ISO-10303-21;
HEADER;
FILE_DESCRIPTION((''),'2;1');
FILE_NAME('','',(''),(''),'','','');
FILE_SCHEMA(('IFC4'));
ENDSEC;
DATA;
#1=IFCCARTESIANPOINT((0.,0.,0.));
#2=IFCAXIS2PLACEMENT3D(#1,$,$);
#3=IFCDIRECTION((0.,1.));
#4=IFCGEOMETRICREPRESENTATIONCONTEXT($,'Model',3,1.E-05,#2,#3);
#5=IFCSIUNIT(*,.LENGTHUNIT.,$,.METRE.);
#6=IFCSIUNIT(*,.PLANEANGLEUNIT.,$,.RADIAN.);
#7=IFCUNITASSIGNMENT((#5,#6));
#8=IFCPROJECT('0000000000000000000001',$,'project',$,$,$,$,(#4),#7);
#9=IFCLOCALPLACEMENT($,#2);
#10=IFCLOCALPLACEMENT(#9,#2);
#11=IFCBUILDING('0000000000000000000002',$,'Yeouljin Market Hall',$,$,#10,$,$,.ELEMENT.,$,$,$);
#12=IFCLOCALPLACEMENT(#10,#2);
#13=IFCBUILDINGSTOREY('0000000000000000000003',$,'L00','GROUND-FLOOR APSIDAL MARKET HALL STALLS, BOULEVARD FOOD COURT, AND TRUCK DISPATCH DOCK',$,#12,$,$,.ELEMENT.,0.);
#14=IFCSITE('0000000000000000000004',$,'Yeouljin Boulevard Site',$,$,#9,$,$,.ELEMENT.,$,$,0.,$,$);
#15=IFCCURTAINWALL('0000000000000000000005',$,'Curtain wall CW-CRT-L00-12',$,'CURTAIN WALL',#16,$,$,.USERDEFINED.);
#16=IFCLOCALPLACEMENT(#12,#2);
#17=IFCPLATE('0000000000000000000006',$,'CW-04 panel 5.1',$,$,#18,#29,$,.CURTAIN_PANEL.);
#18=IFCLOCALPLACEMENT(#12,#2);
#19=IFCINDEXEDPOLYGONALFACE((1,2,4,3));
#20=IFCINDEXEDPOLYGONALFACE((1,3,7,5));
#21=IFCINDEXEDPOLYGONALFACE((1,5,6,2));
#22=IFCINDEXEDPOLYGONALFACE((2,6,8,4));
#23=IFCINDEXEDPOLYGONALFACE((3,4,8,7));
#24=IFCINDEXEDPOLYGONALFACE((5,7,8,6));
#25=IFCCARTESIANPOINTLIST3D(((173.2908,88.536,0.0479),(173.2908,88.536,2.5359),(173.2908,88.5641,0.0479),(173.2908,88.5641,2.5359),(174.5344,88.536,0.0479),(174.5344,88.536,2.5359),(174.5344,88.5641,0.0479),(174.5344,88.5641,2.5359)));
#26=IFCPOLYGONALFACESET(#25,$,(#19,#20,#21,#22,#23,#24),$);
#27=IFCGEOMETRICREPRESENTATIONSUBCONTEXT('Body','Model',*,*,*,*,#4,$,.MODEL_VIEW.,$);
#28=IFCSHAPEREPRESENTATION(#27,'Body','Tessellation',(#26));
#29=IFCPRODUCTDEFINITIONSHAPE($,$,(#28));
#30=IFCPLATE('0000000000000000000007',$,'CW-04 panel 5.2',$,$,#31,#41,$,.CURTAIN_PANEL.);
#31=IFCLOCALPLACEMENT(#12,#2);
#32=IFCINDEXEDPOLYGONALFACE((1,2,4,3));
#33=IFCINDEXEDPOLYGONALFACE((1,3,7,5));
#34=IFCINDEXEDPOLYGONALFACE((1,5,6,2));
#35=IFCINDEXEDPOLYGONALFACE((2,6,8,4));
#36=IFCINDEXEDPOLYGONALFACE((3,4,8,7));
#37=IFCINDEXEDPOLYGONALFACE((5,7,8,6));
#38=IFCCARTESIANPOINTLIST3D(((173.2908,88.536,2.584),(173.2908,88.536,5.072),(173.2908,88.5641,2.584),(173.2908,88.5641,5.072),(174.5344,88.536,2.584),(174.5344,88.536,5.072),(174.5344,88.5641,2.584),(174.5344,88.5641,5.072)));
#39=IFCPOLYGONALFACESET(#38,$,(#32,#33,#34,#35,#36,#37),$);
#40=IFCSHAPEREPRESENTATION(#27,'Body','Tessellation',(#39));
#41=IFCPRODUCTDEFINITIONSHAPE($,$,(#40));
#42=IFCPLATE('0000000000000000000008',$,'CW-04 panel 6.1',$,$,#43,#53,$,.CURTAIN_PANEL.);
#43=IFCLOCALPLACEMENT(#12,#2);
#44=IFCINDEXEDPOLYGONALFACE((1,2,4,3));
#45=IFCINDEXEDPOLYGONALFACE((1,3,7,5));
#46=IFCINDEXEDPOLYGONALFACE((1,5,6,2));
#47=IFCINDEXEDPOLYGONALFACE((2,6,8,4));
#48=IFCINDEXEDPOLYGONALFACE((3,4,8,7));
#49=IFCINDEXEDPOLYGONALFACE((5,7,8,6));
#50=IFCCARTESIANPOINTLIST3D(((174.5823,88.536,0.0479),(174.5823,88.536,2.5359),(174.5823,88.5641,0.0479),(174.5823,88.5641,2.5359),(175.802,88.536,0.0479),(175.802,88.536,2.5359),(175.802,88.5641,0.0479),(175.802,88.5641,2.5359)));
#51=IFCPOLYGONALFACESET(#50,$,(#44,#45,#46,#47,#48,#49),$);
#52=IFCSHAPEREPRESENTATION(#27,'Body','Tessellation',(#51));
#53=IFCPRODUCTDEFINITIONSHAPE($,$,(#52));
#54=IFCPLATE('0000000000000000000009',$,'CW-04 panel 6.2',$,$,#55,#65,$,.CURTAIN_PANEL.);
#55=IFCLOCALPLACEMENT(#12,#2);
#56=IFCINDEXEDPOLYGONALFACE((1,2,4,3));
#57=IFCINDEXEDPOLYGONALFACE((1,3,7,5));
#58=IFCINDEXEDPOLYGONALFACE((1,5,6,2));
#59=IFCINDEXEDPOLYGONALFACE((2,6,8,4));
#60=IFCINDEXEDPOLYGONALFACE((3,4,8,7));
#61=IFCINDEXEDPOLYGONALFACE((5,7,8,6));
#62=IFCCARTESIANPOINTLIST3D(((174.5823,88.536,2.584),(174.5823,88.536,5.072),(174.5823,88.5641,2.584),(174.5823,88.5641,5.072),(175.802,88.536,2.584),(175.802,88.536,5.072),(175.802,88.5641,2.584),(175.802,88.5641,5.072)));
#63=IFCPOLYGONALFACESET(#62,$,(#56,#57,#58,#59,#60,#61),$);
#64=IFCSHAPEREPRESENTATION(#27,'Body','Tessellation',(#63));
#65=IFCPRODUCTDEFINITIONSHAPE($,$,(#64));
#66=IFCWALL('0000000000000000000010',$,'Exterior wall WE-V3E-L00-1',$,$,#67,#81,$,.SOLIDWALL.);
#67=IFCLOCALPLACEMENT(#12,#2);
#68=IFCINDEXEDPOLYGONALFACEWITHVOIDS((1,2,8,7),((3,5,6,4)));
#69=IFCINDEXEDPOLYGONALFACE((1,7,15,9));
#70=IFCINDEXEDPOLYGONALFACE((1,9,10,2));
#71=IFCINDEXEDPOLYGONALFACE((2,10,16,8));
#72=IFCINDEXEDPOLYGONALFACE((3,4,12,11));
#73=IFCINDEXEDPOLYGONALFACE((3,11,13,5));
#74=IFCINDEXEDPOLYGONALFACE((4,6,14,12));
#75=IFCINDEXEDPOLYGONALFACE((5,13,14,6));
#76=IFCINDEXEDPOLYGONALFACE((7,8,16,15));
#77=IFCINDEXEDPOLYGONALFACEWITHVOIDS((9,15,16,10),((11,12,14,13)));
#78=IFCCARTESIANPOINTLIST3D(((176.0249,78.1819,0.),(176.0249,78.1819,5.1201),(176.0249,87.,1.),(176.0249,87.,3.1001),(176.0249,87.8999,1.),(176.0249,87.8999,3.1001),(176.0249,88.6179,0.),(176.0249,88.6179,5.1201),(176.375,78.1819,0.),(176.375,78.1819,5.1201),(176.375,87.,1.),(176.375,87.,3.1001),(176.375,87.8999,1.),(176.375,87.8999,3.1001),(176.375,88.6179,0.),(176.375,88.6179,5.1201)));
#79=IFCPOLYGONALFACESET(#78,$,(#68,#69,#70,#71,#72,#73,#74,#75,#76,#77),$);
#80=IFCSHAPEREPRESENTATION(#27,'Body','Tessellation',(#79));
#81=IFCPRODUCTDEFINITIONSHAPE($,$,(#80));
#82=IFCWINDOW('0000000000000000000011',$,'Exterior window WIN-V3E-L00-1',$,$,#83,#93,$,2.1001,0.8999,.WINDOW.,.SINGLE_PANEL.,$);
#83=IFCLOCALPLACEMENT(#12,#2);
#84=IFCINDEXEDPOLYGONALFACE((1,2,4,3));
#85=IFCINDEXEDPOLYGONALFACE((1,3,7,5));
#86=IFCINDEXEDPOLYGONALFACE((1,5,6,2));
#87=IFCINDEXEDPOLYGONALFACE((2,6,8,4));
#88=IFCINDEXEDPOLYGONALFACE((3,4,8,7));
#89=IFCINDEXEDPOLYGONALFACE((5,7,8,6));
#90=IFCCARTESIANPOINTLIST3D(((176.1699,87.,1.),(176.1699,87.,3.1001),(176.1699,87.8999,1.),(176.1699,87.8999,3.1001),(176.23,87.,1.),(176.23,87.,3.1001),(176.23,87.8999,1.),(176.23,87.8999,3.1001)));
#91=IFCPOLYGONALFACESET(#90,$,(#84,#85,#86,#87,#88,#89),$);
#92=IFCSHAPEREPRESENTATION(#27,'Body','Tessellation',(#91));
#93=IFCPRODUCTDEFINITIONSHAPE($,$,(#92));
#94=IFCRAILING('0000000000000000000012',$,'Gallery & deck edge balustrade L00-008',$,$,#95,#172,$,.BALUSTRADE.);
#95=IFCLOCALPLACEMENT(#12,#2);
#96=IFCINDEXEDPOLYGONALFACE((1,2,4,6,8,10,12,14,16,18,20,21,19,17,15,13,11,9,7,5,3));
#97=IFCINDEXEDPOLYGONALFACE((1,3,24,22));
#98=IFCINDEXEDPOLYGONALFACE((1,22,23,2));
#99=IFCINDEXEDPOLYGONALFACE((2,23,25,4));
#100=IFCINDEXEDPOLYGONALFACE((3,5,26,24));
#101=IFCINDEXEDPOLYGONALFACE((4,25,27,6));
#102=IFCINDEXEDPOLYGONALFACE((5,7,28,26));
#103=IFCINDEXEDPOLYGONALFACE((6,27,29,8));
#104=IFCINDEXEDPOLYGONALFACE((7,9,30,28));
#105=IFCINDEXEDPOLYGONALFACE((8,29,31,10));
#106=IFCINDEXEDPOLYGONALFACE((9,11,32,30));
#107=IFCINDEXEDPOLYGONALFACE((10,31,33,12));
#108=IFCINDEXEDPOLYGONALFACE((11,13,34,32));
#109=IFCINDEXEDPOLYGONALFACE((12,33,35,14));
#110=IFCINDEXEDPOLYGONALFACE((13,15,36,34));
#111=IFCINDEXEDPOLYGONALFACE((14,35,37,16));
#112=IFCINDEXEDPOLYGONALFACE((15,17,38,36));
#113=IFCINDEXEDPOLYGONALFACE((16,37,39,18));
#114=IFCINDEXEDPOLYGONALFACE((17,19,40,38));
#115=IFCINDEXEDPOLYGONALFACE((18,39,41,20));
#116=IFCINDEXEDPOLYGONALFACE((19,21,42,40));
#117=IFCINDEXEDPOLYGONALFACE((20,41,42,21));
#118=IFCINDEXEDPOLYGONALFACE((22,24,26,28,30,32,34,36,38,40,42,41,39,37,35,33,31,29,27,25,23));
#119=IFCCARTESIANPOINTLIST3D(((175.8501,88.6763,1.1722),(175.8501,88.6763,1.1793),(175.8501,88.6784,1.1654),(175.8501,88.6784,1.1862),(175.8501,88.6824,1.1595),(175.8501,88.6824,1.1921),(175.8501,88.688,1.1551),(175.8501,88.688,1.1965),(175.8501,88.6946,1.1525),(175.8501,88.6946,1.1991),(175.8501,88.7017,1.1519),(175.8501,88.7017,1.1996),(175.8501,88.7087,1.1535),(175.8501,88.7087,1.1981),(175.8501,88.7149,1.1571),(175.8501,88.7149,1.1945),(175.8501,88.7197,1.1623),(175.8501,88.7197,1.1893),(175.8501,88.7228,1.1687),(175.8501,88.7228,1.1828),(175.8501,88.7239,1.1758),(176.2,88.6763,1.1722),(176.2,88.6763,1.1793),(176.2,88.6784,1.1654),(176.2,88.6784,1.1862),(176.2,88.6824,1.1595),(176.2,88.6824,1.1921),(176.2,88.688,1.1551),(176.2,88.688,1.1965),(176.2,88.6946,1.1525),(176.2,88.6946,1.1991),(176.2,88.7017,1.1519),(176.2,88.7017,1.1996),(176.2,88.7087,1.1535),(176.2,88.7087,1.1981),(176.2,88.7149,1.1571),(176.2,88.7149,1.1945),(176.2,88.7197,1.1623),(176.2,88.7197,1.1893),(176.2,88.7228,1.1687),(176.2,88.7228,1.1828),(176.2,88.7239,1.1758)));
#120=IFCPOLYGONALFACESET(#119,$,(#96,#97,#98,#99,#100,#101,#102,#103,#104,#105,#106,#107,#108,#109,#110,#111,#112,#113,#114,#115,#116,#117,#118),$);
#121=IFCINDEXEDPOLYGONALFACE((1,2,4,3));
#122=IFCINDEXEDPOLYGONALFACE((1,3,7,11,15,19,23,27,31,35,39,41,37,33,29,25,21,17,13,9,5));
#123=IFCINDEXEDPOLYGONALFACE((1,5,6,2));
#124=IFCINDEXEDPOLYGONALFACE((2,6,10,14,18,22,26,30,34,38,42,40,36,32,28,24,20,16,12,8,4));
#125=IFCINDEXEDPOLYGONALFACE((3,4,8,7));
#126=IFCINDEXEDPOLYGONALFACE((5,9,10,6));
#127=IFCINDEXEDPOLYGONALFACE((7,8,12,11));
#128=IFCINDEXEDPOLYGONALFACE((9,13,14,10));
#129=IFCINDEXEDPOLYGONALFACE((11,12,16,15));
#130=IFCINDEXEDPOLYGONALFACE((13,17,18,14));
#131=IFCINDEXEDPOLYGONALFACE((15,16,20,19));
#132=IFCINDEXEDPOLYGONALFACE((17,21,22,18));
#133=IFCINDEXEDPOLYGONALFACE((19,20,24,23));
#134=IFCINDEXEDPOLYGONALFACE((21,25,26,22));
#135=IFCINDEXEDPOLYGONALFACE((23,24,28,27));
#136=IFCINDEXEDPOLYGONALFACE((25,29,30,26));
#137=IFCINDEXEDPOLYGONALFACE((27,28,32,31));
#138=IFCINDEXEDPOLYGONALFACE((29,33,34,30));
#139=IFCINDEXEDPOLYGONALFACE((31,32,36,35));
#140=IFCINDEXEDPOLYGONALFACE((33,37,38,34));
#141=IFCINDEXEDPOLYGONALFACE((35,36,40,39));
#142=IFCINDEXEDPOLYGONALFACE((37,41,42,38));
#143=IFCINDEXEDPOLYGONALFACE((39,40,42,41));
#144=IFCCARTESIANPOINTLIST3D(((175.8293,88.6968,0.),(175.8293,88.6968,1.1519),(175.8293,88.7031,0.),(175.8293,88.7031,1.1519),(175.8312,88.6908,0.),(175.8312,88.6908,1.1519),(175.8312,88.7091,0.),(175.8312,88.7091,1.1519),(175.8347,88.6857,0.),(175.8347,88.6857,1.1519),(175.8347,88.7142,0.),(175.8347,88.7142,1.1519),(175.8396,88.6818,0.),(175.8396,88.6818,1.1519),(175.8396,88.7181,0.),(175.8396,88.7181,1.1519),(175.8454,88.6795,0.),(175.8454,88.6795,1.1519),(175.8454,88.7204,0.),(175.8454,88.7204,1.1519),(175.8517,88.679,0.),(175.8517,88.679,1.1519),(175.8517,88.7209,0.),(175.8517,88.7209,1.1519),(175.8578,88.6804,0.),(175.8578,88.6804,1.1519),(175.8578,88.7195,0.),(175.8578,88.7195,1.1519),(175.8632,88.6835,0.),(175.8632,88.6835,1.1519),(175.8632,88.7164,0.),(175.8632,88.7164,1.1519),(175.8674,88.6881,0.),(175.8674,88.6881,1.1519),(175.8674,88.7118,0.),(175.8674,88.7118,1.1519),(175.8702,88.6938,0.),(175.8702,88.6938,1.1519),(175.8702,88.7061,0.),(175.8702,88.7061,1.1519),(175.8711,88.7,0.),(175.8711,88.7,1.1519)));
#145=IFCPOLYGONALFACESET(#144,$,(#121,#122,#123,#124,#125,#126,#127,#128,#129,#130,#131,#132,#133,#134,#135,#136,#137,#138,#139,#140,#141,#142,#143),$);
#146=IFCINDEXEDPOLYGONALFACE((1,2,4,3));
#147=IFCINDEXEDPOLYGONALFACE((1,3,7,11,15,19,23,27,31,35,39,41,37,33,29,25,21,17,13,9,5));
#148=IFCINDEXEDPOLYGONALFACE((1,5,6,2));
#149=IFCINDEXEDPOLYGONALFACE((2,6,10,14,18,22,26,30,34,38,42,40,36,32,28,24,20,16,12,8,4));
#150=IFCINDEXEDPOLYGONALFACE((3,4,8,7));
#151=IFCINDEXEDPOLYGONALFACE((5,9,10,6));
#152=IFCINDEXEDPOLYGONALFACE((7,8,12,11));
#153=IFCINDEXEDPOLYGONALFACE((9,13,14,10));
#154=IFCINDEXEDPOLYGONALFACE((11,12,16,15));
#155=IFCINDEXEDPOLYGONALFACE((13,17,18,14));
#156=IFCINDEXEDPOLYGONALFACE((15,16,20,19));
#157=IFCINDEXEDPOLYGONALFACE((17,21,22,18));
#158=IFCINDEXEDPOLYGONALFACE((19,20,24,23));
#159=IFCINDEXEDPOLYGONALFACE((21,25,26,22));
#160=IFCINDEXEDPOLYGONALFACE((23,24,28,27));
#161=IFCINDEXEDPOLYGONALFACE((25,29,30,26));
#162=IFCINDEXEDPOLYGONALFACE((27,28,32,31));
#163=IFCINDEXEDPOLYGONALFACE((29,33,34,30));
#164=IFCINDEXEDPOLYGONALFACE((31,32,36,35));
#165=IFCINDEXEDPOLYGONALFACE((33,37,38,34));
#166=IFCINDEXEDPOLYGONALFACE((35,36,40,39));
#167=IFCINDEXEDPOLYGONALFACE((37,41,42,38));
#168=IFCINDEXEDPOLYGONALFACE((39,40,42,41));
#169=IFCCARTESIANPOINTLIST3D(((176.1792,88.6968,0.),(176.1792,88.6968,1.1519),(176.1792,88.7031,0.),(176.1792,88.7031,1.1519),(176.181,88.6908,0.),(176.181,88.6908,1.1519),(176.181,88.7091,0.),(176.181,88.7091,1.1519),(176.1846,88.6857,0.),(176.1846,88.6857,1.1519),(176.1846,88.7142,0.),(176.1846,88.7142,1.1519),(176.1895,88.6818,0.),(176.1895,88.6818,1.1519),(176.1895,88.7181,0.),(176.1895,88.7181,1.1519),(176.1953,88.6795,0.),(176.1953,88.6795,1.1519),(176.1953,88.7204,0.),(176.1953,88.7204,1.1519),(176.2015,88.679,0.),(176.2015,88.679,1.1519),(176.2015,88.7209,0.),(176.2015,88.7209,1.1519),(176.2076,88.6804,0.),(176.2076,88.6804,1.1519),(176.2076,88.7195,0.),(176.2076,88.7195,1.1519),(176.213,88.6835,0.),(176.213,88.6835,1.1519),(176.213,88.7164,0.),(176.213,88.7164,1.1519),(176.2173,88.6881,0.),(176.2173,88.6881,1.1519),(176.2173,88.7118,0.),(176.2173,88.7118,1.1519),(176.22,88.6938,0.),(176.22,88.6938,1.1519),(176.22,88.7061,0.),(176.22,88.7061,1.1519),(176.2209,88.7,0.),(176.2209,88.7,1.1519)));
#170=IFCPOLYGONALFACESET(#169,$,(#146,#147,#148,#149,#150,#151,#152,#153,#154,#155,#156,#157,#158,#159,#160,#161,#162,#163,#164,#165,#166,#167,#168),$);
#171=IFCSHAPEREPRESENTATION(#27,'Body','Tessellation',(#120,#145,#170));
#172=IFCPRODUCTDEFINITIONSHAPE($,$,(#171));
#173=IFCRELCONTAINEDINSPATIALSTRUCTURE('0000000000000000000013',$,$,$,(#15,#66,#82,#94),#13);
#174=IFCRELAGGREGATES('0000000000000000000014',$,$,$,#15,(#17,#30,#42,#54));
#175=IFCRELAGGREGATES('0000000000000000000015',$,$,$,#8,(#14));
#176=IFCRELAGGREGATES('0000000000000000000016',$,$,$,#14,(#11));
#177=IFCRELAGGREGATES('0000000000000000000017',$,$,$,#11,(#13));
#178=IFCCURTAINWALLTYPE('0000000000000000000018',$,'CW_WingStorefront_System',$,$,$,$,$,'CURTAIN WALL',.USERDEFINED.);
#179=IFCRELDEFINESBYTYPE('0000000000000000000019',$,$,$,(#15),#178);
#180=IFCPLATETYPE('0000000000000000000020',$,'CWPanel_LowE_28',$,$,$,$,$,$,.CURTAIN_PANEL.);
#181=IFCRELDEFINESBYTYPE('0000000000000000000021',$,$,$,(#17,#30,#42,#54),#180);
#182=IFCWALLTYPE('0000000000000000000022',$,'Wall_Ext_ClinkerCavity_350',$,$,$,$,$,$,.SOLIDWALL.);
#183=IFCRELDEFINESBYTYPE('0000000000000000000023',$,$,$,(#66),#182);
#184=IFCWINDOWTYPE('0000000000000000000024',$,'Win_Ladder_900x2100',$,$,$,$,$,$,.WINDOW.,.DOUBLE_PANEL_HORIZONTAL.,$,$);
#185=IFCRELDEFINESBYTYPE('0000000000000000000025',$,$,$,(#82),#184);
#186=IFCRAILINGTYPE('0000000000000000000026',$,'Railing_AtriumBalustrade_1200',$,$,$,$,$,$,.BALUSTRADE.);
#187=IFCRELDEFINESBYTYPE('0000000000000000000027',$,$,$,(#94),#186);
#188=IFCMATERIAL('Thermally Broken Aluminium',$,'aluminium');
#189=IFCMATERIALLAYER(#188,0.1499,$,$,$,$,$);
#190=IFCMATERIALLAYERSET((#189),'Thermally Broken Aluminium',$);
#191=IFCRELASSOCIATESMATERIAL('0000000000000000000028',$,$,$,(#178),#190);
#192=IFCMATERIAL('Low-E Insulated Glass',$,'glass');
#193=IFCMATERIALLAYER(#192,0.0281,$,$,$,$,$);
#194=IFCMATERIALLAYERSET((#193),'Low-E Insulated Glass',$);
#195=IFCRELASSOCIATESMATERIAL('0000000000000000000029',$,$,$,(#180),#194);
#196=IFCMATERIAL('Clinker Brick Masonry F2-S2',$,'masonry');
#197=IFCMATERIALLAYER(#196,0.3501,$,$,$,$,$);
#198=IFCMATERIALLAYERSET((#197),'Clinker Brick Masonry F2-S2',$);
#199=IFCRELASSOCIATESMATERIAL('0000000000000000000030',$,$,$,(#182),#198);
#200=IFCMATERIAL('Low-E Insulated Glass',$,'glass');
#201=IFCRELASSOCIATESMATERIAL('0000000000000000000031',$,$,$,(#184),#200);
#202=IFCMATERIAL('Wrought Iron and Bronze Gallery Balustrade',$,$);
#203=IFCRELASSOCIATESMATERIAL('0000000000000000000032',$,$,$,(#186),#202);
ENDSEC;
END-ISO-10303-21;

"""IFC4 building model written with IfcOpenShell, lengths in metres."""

from ifc_helpers import new_model, si_unit, direction, frame, frame_2d, origin, origin_2d, place, context, subcontext, project, spatial, rectangle, circle, extrude, material, layer, layer_set, type_object, element, fill, aggregate, save


model = new_model("IFC4")

# Units and contexts
model_context = context("Model", 3, precision=1e-05, world=origin(), true_north=direction((0.0, 1.0)))
body_context = subcontext(model_context, "Body", "Model", "MODEL_VIEW")
ifc_project = project(units=[si_unit("LENGTHUNIT", "METRE"), si_unit("PLANEANGLEUNIT", "RADIAN")], contexts=[model_context])

# Site, building, storey
site_placement = place(None, origin())
site = spatial("IfcSite", under=ifc_project, at=site_placement, Name="Yeouljin Boulevard Site", CompositionType="ELEMENT", RefElevation=0.0)
building_placement = place(site_placement, origin())
building = spatial("IfcBuilding", under=site, at=building_placement, Name="Yeouljin Market Hall", CompositionType="ELEMENT")
storey_placement = place(building_placement, origin())
storey = spatial("IfcBuildingStorey", under=building, at=storey_placement, Name="L00", Description="GROUND-FLOOR APSIDAL MARKET HALL STALLS, BOULEVARD FOOD COURT, AND TRUCK DISPATCH DOCK", CompositionType="ELEMENT", Elevation=0.0)

# Curtain wall, plates
ifc_material_1 = material(Name="Thermally Broken Aluminium", Category="aluminium")
ifc_layer_1 = layer(ifc_material_1, 0.1499)
ifc_layer_set_1 = layer_set([ifc_layer_1], Name="Thermally Broken Aluminium")
curtain_wall_type = type_object("IfcCurtainWallType", Name="CW_WingStorefront_System", ElementType="CURTAIN WALL", PredefinedType="USERDEFINED", material=ifc_layer_set_1)
curtain_wall_placement = place(storey_placement, origin())
curtain_wall = element("IfcCurtainWall", 1, at=curtain_wall_placement, inside=storey, type_object=curtain_wall_type, Name="Curtain wall CW-CRT-L00-12", ObjectType="CURTAIN WALL", PredefinedType="USERDEFINED")
ifc_material_2 = material(Name="Low-E Insulated Glass", Category="glass")
ifc_layer_2 = layer(ifc_material_2, 0.0281)
ifc_layer_set_2 = layer_set([ifc_layer_2], Name="Low-E Insulated Glass")
plate_type = type_object("IfcPlateType", Name="CWPanel_LowE_28", PredefinedType="CURTAIN_PANEL", material=ifc_layer_set_2)
plate_1_placement = place(storey_placement, frame((173.9126, 88.55, 0.0479), z_axis=(0.0, 0.0, 1.0), x_axis=(1.0, 0.0, 0.0)))
plate_1 = element("IfcPlate", 2, at=plate_1_placement, type_object=plate_type, Name="CW-04 panel 5.1", PredefinedType="CURTAIN_PANEL", context=body_context, shape_type="SweptSolid", body=[
    extrude(rectangle(XDim=1.2437, YDim=0.0281, at=origin_2d()), origin(), (0.0, 0.0, 1.0), 2.488),
])
plate_2_placement = place(storey_placement, frame((173.9126, 88.55, 2.584), z_axis=(0.0, 0.0, 1.0), x_axis=(1.0, 0.0, 0.0)))
plate_2 = element("IfcPlate", 3, at=plate_2_placement, type_object=plate_type, Name="CW-04 panel 5.2", PredefinedType="CURTAIN_PANEL", context=body_context, shape_type="SweptSolid", body=[
    extrude(rectangle(XDim=1.2437, YDim=0.0281, at=origin_2d()), origin(), (0.0, 0.0, 1.0), 2.488),
])
plate_3_placement = place(storey_placement, frame((175.1921, 88.55, 0.0479), z_axis=(0.0, 0.0, 1.0), x_axis=(1.0, 0.0, 0.0)))
plate_3 = element("IfcPlate", 4, at=plate_3_placement, type_object=plate_type, Name="CW-04 panel 6.1", PredefinedType="CURTAIN_PANEL", context=body_context, shape_type="SweptSolid", body=[
    extrude(rectangle(XDim=1.2197, YDim=0.0281, at=origin_2d()), origin(), (0.0, 0.0, 1.0), 2.488),
])
plate_4_placement = place(storey_placement, frame((175.1921, 88.55, 2.584), z_axis=(0.0, 0.0, 1.0), x_axis=(1.0, 0.0, 0.0)))
plate_4 = element("IfcPlate", 5, at=plate_4_placement, type_object=plate_type, Name="CW-04 panel 6.2", PredefinedType="CURTAIN_PANEL", context=body_context, shape_type="SweptSolid", body=[
    extrude(rectangle(XDim=1.2197, YDim=0.0281, at=origin_2d()), origin(), (0.0, 0.0, 1.0), 2.488),
])
aggregate(curtain_wall, [plate_1, plate_2, plate_3, plate_4])

# Wall, opening, window
ifc_material_3 = material(Name="Clinker Brick Masonry F2-S2", Category="masonry")
ifc_layer_3 = layer(ifc_material_3, 0.3501)
ifc_layer_set_3 = layer_set([ifc_layer_3], Name="Clinker Brick Masonry F2-S2")
wall_type = type_object("IfcWallType", Name="Wall_Ext_ClinkerCavity_350", PredefinedType="SOLIDWALL", material=ifc_layer_set_3)
wall_placement = place(storey_placement, frame((176.2, 88.6179, 0.0), z_axis=(0.0, 0.0, 1.0), x_axis=(0.0, -1.0, 0.0)))
wall = element("IfcWall", 6, at=wall_placement, inside=storey, type_object=wall_type, Name="Exterior wall WE-V3E-L00-1", PredefinedType="SOLIDWALL", context=body_context, shape_type="SweptSolid", body=[
    extrude(rectangle(XDim=10.436, YDim=0.3501, at=frame_2d((5.218, 0.0))), origin(), (0.0, 0.0, 1.0), 5.1201),
])
opening_placement = place(wall_placement, frame((0.718, 0.0, 1.0)))
opening = element("IfcOpeningElement", 7, at=opening_placement, cuts=wall, PredefinedType="OPENING", context=body_context, shape_type="SweptSolid", body=[
    extrude(rectangle(XDim=0.8999, YDim=2.1001, at=frame_2d((0.45, 1.05))), frame((0.0, 0.1851, 0.0), z_axis=(0.0, -1.0, 0.0), x_axis=(1.0, 0.0, 0.0)), (0.0, 0.0, 1.0), 0.3701),
])
ifc_material_4 = material(Name="Low-E Insulated Glass", Category="glass")
window_type = type_object("IfcWindowType", Name="Win_Ladder_900x2100", PartitioningType="DOUBLE_PANEL_HORIZONTAL", PredefinedType="WINDOW", material=ifc_material_4)
window_placement = place(opening_placement, origin())
window = element("IfcWindow", 8, at=window_placement, inside=storey, type_object=window_type, Name="Exterior window WIN-V3E-L00-1", OverallHeight=2.1001, OverallWidth=0.8999, PartitioningType="SINGLE_PANEL", PredefinedType="WINDOW", context=body_context, shape_type="SweptSolid", body=[
    extrude(rectangle(XDim=0.8999, YDim=2.1001, at=frame_2d((0.45, 1.05))), frame((0.0, 0.03, 0.0), z_axis=(0.0, -1.0, 0.0), x_axis=(1.0, 0.0, 0.0)), (0.0, 0.0, 1.0), 0.0601),
])
fill(opening, window)

# Railing
ifc_material_5 = material(Name="Wrought Iron and Bronze Gallery Balustrade")
railing_type = type_object("IfcRailingType", Name="Railing_AtriumBalustrade_1200", PredefinedType="BALUSTRADE", material=ifc_material_5)
railing_placement = place(storey_placement, frame((175.8501, 88.7, 0.0)))
element("IfcRailing", 9, at=railing_placement, inside=storey, type_object=railing_type, Name="Gallery & deck edge balustrade L00-008", PredefinedType="BALUSTRADE", context=body_context, shape_type="SweptSolid", body=[
    extrude(circle(Radius=0.0239, at=origin_2d()), frame((0.0, 0.0, 1.1758), z_axis=(1.0, 0.0, 0.0), x_axis=(0.0, 1.0, 0.0)), (0.0, 0.0, 1.0), 0.3499),
    extrude(circle(Radius=0.021, at=origin_2d()), origin(), (0.0, 0.0, 1.0), 1.1519),
    extrude(circle(Radius=0.021, at=origin_2d()), frame((0.3499, 0.0, 0.0)), (0.0, 0.0, 1.0), 1.1519),
])

save(model, "model.ifc")
